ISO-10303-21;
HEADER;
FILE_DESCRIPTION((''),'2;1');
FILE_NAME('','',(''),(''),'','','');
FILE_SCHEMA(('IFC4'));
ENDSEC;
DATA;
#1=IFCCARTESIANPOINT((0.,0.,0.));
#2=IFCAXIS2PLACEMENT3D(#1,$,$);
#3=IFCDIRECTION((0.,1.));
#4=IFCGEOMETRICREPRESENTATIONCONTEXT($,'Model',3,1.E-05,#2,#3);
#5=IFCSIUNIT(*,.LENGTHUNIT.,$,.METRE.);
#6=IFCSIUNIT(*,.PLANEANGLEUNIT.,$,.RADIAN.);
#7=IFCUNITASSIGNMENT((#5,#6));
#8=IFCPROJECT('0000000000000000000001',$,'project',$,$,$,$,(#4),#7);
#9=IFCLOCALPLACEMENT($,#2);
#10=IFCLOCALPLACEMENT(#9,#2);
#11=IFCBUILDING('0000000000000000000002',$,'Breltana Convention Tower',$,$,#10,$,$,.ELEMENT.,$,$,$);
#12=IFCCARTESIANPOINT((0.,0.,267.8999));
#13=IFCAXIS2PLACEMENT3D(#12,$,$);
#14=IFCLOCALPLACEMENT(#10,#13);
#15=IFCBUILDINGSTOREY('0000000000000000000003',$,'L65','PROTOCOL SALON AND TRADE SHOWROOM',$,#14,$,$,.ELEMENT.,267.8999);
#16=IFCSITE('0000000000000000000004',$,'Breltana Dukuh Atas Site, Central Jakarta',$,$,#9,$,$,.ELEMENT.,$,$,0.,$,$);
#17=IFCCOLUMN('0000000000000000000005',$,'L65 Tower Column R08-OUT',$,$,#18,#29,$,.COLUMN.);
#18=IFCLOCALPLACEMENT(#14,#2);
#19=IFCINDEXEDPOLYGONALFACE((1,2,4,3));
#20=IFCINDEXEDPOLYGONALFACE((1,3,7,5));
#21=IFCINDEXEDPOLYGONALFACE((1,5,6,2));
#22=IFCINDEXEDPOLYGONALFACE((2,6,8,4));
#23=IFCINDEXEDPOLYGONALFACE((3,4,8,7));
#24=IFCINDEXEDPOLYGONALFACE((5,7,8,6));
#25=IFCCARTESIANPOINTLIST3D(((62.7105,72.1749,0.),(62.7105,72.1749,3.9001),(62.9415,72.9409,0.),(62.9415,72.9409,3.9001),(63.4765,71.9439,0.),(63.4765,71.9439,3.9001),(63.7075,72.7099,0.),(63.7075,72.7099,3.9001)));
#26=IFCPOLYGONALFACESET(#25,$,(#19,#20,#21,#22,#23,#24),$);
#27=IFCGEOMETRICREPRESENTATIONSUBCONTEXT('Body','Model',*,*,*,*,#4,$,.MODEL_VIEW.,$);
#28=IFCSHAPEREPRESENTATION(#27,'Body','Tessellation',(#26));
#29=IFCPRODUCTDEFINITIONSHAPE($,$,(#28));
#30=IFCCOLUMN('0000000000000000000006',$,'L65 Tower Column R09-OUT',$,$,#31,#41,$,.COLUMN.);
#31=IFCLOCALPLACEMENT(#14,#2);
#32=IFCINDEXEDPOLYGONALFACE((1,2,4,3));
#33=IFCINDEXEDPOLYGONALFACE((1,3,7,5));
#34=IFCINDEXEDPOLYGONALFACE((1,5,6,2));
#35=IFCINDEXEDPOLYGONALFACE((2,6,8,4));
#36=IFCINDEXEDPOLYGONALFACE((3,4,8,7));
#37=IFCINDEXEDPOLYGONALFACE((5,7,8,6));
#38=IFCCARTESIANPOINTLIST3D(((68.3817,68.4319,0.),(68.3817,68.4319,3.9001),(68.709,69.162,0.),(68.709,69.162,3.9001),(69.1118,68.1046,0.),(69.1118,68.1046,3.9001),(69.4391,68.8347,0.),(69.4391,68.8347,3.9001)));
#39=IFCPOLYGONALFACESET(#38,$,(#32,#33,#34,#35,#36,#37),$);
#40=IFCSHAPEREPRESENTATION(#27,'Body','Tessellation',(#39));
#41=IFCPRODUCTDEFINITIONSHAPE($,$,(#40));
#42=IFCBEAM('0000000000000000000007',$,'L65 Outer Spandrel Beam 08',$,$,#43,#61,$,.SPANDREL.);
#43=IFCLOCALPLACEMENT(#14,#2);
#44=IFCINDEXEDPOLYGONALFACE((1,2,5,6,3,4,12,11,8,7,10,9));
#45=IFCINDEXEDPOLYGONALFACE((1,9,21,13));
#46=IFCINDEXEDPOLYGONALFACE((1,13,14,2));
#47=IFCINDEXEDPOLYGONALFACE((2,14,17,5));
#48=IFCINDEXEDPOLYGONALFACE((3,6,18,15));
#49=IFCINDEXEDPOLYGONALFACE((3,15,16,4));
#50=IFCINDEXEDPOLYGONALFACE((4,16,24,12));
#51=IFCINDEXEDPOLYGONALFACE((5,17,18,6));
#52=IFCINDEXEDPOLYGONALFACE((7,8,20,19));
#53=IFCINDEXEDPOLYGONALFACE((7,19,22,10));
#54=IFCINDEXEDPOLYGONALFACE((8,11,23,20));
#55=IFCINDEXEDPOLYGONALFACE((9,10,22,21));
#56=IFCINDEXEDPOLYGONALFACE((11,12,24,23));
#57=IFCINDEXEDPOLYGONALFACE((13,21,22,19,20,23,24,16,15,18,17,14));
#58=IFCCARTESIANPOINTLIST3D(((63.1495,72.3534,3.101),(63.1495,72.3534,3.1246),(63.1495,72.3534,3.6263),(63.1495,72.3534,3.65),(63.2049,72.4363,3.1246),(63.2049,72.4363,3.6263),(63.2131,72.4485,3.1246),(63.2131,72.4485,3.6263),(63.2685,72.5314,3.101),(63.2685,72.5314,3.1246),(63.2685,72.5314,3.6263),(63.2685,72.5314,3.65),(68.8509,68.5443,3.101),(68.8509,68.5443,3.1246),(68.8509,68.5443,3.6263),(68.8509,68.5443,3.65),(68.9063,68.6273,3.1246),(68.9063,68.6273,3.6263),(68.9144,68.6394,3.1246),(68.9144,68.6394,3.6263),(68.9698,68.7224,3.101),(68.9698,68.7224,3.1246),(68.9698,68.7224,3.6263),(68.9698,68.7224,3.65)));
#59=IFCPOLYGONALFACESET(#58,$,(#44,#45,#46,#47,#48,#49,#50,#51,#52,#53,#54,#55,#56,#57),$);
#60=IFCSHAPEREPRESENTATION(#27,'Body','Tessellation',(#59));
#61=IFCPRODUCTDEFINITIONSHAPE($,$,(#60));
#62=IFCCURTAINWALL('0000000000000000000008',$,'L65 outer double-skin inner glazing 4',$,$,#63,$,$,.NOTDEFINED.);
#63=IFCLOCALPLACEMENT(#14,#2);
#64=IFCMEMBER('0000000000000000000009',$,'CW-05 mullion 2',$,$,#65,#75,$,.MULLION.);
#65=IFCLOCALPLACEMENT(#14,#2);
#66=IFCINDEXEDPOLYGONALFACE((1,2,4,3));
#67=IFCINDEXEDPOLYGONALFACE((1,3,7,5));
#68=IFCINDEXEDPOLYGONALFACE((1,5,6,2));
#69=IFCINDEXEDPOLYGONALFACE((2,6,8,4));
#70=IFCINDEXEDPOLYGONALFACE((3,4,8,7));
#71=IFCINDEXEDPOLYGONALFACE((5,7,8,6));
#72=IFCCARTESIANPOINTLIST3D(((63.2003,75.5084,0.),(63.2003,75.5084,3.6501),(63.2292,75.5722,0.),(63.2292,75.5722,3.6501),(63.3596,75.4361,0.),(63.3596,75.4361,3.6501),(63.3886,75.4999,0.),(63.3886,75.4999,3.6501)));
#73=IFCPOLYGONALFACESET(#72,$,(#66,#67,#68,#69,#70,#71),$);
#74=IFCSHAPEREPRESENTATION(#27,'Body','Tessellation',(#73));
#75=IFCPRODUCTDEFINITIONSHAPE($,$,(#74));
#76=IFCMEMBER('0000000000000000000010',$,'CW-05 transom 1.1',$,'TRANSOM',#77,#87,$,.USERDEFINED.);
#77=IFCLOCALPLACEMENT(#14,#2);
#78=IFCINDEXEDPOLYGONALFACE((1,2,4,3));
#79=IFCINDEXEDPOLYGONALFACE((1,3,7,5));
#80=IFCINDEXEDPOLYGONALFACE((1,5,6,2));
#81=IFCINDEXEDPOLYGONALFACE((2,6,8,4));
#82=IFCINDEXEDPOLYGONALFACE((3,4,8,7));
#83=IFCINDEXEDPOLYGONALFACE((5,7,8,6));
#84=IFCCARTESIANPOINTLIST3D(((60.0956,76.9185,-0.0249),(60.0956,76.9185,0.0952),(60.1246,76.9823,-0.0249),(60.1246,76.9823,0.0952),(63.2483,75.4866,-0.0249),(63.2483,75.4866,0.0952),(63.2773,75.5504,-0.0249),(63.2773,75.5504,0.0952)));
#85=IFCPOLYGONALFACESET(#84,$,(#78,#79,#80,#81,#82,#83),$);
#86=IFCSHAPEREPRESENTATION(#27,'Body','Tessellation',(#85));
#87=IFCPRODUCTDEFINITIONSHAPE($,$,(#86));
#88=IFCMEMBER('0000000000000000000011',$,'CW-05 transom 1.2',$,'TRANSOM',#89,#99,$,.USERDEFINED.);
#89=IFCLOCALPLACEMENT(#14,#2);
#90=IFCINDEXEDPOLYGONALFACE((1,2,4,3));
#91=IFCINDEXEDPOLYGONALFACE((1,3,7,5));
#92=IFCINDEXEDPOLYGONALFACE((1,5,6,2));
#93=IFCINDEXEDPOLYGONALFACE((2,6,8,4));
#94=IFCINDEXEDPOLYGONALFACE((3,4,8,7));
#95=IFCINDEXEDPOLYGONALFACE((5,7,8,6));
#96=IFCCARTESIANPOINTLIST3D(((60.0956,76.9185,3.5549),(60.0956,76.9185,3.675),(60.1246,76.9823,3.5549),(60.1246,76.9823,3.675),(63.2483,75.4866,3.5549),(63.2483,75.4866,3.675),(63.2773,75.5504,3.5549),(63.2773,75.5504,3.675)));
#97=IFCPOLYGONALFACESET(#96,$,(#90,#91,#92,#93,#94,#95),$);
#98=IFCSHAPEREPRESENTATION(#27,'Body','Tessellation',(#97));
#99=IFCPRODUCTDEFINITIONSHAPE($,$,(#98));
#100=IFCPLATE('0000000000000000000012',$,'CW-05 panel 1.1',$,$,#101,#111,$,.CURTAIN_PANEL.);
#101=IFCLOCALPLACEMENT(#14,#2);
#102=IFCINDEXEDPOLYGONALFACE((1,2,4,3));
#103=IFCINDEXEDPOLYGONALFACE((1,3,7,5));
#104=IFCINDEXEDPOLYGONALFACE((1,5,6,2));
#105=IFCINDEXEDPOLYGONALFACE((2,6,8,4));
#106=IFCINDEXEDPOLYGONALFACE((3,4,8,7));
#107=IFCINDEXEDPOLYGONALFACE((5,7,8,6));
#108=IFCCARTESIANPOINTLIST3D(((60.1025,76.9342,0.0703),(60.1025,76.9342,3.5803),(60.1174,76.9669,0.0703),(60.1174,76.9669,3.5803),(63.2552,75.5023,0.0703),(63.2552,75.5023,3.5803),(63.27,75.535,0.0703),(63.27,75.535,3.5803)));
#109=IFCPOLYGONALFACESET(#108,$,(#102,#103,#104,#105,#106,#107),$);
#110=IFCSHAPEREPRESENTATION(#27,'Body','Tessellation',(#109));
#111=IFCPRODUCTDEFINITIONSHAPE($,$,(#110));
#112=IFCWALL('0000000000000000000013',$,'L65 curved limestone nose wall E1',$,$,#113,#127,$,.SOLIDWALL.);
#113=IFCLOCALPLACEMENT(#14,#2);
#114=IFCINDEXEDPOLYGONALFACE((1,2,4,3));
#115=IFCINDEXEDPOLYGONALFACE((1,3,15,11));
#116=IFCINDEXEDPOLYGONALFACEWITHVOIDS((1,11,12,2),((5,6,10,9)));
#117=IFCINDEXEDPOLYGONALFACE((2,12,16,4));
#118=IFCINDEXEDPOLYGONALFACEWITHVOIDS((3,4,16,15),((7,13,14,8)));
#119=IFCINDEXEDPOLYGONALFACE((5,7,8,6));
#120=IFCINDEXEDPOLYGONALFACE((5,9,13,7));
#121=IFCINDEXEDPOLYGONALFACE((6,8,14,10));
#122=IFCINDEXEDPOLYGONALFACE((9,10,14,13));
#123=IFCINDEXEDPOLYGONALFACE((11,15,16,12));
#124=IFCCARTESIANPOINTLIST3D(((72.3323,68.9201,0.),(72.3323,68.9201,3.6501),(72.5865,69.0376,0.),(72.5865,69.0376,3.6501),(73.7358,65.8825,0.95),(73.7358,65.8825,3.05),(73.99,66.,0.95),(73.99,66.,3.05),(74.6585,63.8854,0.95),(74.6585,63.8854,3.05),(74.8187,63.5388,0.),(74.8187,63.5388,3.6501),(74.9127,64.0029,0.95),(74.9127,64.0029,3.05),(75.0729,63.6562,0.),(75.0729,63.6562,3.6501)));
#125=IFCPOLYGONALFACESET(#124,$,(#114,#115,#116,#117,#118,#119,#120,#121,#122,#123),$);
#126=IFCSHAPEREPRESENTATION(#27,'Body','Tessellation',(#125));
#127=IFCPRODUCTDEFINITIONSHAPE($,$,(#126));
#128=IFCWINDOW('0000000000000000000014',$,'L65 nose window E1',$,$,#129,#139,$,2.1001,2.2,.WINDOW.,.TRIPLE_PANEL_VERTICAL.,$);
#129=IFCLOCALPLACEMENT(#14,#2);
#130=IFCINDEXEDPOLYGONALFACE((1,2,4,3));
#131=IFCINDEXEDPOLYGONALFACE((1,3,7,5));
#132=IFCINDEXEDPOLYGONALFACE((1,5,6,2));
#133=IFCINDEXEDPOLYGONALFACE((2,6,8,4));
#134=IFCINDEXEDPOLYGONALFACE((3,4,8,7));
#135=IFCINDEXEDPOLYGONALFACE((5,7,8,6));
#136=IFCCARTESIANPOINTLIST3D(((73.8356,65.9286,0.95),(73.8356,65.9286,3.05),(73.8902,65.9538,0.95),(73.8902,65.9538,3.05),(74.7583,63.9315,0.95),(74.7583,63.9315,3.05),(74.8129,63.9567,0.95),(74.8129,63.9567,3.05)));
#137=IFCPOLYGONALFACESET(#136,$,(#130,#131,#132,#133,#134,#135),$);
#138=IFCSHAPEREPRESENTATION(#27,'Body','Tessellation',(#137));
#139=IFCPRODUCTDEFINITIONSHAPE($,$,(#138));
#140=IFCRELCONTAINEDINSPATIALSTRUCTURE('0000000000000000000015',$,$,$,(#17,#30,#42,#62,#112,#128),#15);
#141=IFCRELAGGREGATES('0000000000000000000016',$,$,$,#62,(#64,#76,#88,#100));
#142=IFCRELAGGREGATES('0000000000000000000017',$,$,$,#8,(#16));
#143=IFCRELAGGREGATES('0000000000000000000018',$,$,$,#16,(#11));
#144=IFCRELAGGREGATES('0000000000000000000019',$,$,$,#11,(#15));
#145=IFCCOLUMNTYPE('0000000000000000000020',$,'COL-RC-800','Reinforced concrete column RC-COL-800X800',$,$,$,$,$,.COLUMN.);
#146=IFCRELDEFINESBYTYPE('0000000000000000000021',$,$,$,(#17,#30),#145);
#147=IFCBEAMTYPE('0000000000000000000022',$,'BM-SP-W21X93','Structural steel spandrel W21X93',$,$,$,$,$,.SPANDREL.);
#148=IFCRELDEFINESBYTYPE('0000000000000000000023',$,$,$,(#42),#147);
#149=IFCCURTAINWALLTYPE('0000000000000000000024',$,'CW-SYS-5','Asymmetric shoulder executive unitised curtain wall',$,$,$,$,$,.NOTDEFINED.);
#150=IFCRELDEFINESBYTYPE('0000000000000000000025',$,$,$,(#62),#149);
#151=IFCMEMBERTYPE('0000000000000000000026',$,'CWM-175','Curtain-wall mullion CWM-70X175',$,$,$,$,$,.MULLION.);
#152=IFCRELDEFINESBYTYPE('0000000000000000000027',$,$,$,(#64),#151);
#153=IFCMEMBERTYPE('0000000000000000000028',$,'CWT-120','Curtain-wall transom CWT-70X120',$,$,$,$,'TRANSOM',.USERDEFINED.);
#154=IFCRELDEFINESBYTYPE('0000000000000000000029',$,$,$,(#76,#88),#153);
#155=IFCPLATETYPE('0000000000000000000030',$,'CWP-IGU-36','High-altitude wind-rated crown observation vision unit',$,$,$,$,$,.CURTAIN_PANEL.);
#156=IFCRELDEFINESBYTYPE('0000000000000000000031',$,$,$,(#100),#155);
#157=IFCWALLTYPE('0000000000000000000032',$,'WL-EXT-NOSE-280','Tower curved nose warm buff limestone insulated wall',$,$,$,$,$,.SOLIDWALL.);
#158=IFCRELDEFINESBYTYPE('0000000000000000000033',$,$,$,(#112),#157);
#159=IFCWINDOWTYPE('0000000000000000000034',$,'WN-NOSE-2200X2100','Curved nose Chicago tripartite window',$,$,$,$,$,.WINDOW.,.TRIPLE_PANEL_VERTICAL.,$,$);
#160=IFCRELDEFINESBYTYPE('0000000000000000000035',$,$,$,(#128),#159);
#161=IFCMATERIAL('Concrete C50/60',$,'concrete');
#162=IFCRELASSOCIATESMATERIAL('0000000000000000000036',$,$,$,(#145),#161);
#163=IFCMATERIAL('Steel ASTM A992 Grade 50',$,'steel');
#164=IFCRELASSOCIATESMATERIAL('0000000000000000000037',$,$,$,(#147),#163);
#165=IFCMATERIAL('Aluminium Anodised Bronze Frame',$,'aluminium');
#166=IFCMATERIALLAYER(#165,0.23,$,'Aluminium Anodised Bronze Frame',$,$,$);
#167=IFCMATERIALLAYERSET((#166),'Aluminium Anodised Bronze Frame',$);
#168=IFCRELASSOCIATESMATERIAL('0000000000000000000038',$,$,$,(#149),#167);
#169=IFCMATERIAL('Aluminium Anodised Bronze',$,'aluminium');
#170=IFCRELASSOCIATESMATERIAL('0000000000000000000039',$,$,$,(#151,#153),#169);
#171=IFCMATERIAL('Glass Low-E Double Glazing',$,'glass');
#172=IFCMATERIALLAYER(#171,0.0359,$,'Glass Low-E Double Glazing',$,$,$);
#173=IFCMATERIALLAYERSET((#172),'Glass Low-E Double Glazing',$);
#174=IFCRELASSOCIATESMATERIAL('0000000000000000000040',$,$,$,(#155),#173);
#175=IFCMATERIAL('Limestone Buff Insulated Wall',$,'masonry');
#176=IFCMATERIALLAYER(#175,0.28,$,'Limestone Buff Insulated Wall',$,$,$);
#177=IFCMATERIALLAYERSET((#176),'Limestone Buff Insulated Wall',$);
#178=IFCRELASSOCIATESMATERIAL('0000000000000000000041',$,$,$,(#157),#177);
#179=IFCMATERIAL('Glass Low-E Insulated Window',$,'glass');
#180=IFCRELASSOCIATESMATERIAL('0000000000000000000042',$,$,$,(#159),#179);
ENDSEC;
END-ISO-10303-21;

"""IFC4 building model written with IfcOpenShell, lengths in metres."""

from ifc_helpers import new_model, si_unit, direction, frame, frame_2d, origin, origin_2d, place, context, subcontext, project, spatial, rectangle, i_section, extrude, source, transform, mapped, material, layer, layer_set, material_profile, profile_set, type_object, type_shapes, element, fill, aggregate, save


model = new_model("IFC4")

# Units and contexts
model_context = context("Model", 3, precision=1e-05, world=origin(), true_north=direction((0.0, 1.0)))
body_context = subcontext(model_context, "Body", "Model", "MODEL_VIEW")
ifc_project = project(units=[si_unit("LENGTHUNIT", "METRE"), si_unit("PLANEANGLEUNIT", "RADIAN")], contexts=[model_context])

# Site, building, storey
site_placement = place(None, origin())
site = spatial("IfcSite", under=ifc_project, at=site_placement, Name="Breltana Dukuh Atas Site, Central Jakarta", CompositionType="ELEMENT", RefElevation=0.0)
building_placement = place(site_placement, origin())
building = spatial("IfcBuilding", under=site, at=building_placement, Name="Breltana Convention Tower", CompositionType="ELEMENT")
storey_placement = place(building_placement, frame((0.0, 0.0, 267.8999)))
storey = spatial("IfcBuildingStorey", under=building, at=storey_placement, Name="L65", Description="PROTOCOL SALON AND TRADE SHOWROOM", CompositionType="ELEMENT", Elevation=267.8999)

# Columns
ifc_material_1 = material(Name="Concrete C50/60", Category="concrete")
ifc_material_profile_1 = material_profile(ifc_material_1, rectangle(XDim=0.8, YDim=0.8, at=origin_2d()), Name="RC-COL-800X800")
ifc_profile_set_1 = profile_set([ifc_material_profile_1], Name="Concrete C50/60")
column_type = type_object("IfcColumnType", Name="COL-RC-800", Description="Reinforced concrete column RC-COL-800X800", PredefinedType="COLUMN", material=ifc_profile_set_1)
shared_shape_1 = source(origin(), body_context, "Body", "SweptSolid", [
    extrude(rectangle(XDim=0.8, YDim=0.8, at=origin_2d()), origin(), (0.0, 0.0, 1.0), 3.9001),
])
for number, where, z_axis, x_axis, name in (
    (1, (63.209, 72.4424, 0.0), (0.0, 0.0, 1.0), (0.288698, 0.95742, 0.0), "L65 Tower Column R08-OUT"),
    (2, (68.9104, 68.6333, 0.0), (0.0, 0.0, 1.0), (0.409127, 0.912477, 0.0), "L65 Tower Column R09-OUT"),
):
    element("IfcColumn", number, at=place(storey_placement, frame(where, z_axis=z_axis, x_axis=x_axis)), inside=storey, type_object=column_type, Name=name, PredefinedType="COLUMN", context=body_context, shape_type="MappedRepresentation", body=[
        mapped(shared_shape_1, transform((0.0, 0.0, 0.0), scale=1.0)),
    ])

# Beam
ifc_material_2 = material(Name="Steel ASTM A992 Grade 50", Category="steel")
ifc_material_profile_2 = material_profile(ifc_material_2, i_section(OverallWidth=0.2141, OverallDepth=0.5491, WebThickness=0.0146, FlangeThickness=0.0237, at=origin_2d()), Name="W21X93")
ifc_profile_set_2 = profile_set([ifc_material_profile_2], Name="Steel ASTM A992 Grade 50")
beam_type = type_object("IfcBeamType", Name="BM-SP-W21X93", Description="Structural steel spandrel W21X93", PredefinedType="SPANDREL", material=ifc_profile_set_2)
shared_shape_2 = source(origin(), body_context, "Body", "SweptSolid", [
    extrude(i_section(OverallWidth=0.2141, OverallDepth=0.5491, WebThickness=0.0146, FlangeThickness=0.0237, at=origin_2d()), origin(), (0.0, 0.0, 1.0), 6.8567),
])
beam_placement = place(storey_placement, frame((63.209, 72.4424, 3.3755), z_axis=(0.831502, -0.555522, 0.0), x_axis=(0.555522, 0.831502, 0.0)))
element("IfcBeam", 3, at=beam_placement, inside=storey, type_object=beam_type, Name="L65 Outer Spandrel Beam 08", PredefinedType="SPANDREL", context=body_context, shape_type="MappedRepresentation", body=[
    mapped(shared_shape_2, transform((0.0, 0.0, 0.0), scale=1.0)),
])

# Curtain wall, members, plate
ifc_material_3 = material(Name="Aluminium Anodised Bronze Frame", Category="aluminium")
ifc_layer_1 = layer(ifc_material_3, 0.23, Name="Aluminium Anodised Bronze Frame")
ifc_layer_set_1 = layer_set([ifc_layer_1], Name="Aluminium Anodised Bronze Frame")
curtain_wall_type = type_object("IfcCurtainWallType", Name="CW-SYS-5", Description="Asymmetric shoulder executive unitised curtain wall", PredefinedType="NOTDEFINED", material=ifc_layer_set_1)
curtain_wall_placement = place(storey_placement, origin())
curtain_wall = element("IfcCurtainWall", 4, at=curtain_wall_placement, inside=storey, type_object=curtain_wall_type, Name="L65 outer double-skin inner glazing 4", PredefinedType="NOTDEFINED")
ifc_material_4 = material(Name="Aluminium Anodised Bronze", Category="aluminium")
ifc_material_profile_3 = material_profile(ifc_material_4, rectangle(XDim=0.0701, YDim=0.175, at=origin_2d()), Name="CWM-70X175")
ifc_profile_set_3 = profile_set([ifc_material_profile_3], Name="Aluminium Anodised Bronze")
member_type_1 = type_object("IfcMemberType", Name="CWM-175", Description="Curtain-wall mullion CWM-70X175", PredefinedType="MULLION", material=ifc_profile_set_3)
shared_shape_3 = source(origin(), body_context, "Body", "SweptSolid", [
    extrude(rectangle(XDim=0.0701, YDim=0.175, at=origin_2d()), origin(), (0.0, 0.0, 1.0), 3.6501),
])
member_1_placement = place(storey_placement, frame((63.2944, 75.5042, 0.0), z_axis=(0.0, 0.0, 1.0), x_axis=(0.413537, 0.910487, 0.0)))
member_1 = element("IfcMember", 5, at=member_1_placement, type_object=member_type_1, Name="CW-05 mullion 2", PredefinedType="MULLION", context=body_context, shape_type="MappedRepresentation", body=[
    mapped(shared_shape_3, transform((0.0, 0.0, 0.0), scale=1.0)),
])
ifc_material_profile_4 = material_profile(ifc_material_4, rectangle(XDim=0.0701, YDim=0.1201, at=origin_2d()), Name="CWT-70X120")
ifc_profile_set_4 = profile_set([ifc_material_profile_4], Name="Aluminium Anodised Bronze")
member_type_2 = type_object("IfcMemberType", Name="CWT-120", Description="Curtain-wall transom CWT-70X120", ElementType="TRANSOM", PredefinedType="USERDEFINED", material=ifc_profile_set_4)
shared_shape_4 = source(origin(), body_context, "Body", "SweptSolid", [
    extrude(rectangle(XDim=0.0701, YDim=0.1201, at=origin_2d()), origin(), (0.0, 0.0, 1.0), 3.4626),
])
member_2_placement = place(storey_placement, frame((60.1101, 76.9504, 0.0352), z_axis=(0.910487, -0.413537, 0.0), x_axis=(0.413537, 0.910487, 0.0)))
member_2 = element("IfcMember", 6, at=member_2_placement, type_object=member_type_2, Name="CW-05 transom 1.1", ObjectType="TRANSOM", PredefinedType="USERDEFINED", context=body_context, shape_type="MappedRepresentation", body=[
    mapped(shared_shape_4, transform((0.0, 0.0, 0.0), scale=1.0)),
])
member_3_placement = place(storey_placement, frame((60.1101, 76.9504, 3.615), z_axis=(0.910487, -0.413537, 0.0), x_axis=(0.413537, 0.910487, 0.0)))
member_3 = element("IfcMember", 7, at=member_3_placement, type_object=member_type_2, Name="CW-05 transom 1.2", ObjectType="TRANSOM", PredefinedType="USERDEFINED", context=body_context, shape_type="MappedRepresentation", body=[
    mapped(shared_shape_4, transform((0.0, 0.0, 0.0), scale=1.0)),
])
ifc_material_5 = material(Name="Glass Low-E Double Glazing", Category="glass")
ifc_layer_2 = layer(ifc_material_5, 0.0359, Name="Glass Low-E Double Glazing")
ifc_layer_set_2 = layer_set([ifc_layer_2], Name="Glass Low-E Double Glazing")
plate_type = type_object("IfcPlateType", Name="CWP-IGU-36", Description="High-altitude wind-rated crown observation vision unit", PredefinedType="CURTAIN_PANEL", material=ifc_layer_set_2)
shared_shape_5 = source(origin(), body_context, "Body", "SweptSolid", [
    extrude(rectangle(XDim=3.4626, YDim=0.0359, at=origin_2d()), origin(), (0.0, 0.0, 1.0), 3.51),
])
plate_placement = place(storey_placement, frame((61.6863, 76.2346, 0.0703), z_axis=(0.0, 0.0, 1.0), x_axis=(0.910487, -0.413537, 0.0)))
plate = element("IfcPlate", 8, at=plate_placement, type_object=plate_type, Name="CW-05 panel 1.1", PredefinedType="CURTAIN_PANEL", context=body_context, shape_type="MappedRepresentation", body=[
    mapped(shared_shape_5, transform((0.0, 0.0, 0.0), scale=1.0)),
])
aggregate(curtain_wall, [member_1, member_2, member_3, plate])

# Wall, opening, window
ifc_material_6 = material(Name="Limestone Buff Insulated Wall", Category="masonry")
ifc_layer_3 = layer(ifc_material_6, 0.28, Name="Limestone Buff Insulated Wall")
ifc_layer_set_3 = layer_set([ifc_layer_3], Name="Limestone Buff Insulated Wall")
wall_type_1 = type_object("IfcWallType", Name="WL-EXT-NOSE-280", Description="Tower curved nose warm buff limestone insulated wall", PredefinedType="SOLIDWALL", material=ifc_layer_set_3)
shared_shape_6 = source(origin(), body_context, "Body", "SweptSolid", [
    extrude(rectangle(XDim=5.928, YDim=0.28, at=frame_2d((2.9639, 0.0))), origin(), (0.0, 0.0, 1.0), 3.6501),
])
wall_1_placement = place(storey_placement, frame((72.4595, 68.9788, 0.0), z_axis=(0.0, 0.0, 1.0), x_axis=(0.419424, -0.907791, 0.0)))
wall_1 = element("IfcWall", 9, at=wall_1_placement, inside=storey, type_object=wall_type_1, Name="L65 curved limestone nose wall E1", PredefinedType="SOLIDWALL", context=body_context, shape_type="MappedRepresentation", body=[
    mapped(shared_shape_6, transform((0.0, 0.0, 0.0), scale=1.0)),
])
opening_1_placement = place(wall_1_placement, frame((3.3459, 0.0, 0.95)))
opening_1 = element("IfcOpeningElement", 10, at=opening_1_placement, cuts=wall_1, PredefinedType="OPENING", context=body_context, shape_type="SweptSolid", body=[
    extrude(rectangle(XDim=2.2, YDim=2.1001, at=frame_2d((1.1001, 1.05))), frame((0.0, 0.1499, 0.0), z_axis=(0.0, -1.0, 0.0), x_axis=(1.0, 0.0, 0.0)), (0.0, 0.0, 1.0), 0.3),
])
ifc_material_7 = material(Name="Glass Low-E Insulated Window", Category="glass")
window_type = type_object("IfcWindowType", Name="WN-NOSE-2200X2100", Description="Curved nose Chicago tripartite window", PartitioningType="TRIPLE_PANEL_VERTICAL", PredefinedType="WINDOW", material=ifc_material_7)
shared_shape_7 = source(origin(), body_context, "Body", "SweptSolid", [
    extrude(rectangle(XDim=2.2, YDim=2.1001, at=frame_2d((1.1001, 1.05))), frame((0.0, 0.03, 0.0), z_axis=(0.0, -1.0, 0.0), x_axis=(1.0, 0.0, 0.0)), (0.0, 0.0, 1.0), 0.0601),
])
type_shapes(window_type, [shared_shape_7])
window_1_placement = place(opening_1_placement, origin())
window_1 = element("IfcWindow", 11, at=window_1_placement, inside=storey, type_object=window_type, Name="L65 nose window E1", OverallHeight=2.1001, OverallWidth=2.2, PartitioningType="TRIPLE_PANEL_VERTICAL", PredefinedType="WINDOW", context=body_context, shape_type="MappedRepresentation", body=[
    mapped(shared_shape_7, transform((0.0, 0.0, 0.0), scale=1.0)),
])
fill(opening_1, window_1)

save(model, "model.ifc")
